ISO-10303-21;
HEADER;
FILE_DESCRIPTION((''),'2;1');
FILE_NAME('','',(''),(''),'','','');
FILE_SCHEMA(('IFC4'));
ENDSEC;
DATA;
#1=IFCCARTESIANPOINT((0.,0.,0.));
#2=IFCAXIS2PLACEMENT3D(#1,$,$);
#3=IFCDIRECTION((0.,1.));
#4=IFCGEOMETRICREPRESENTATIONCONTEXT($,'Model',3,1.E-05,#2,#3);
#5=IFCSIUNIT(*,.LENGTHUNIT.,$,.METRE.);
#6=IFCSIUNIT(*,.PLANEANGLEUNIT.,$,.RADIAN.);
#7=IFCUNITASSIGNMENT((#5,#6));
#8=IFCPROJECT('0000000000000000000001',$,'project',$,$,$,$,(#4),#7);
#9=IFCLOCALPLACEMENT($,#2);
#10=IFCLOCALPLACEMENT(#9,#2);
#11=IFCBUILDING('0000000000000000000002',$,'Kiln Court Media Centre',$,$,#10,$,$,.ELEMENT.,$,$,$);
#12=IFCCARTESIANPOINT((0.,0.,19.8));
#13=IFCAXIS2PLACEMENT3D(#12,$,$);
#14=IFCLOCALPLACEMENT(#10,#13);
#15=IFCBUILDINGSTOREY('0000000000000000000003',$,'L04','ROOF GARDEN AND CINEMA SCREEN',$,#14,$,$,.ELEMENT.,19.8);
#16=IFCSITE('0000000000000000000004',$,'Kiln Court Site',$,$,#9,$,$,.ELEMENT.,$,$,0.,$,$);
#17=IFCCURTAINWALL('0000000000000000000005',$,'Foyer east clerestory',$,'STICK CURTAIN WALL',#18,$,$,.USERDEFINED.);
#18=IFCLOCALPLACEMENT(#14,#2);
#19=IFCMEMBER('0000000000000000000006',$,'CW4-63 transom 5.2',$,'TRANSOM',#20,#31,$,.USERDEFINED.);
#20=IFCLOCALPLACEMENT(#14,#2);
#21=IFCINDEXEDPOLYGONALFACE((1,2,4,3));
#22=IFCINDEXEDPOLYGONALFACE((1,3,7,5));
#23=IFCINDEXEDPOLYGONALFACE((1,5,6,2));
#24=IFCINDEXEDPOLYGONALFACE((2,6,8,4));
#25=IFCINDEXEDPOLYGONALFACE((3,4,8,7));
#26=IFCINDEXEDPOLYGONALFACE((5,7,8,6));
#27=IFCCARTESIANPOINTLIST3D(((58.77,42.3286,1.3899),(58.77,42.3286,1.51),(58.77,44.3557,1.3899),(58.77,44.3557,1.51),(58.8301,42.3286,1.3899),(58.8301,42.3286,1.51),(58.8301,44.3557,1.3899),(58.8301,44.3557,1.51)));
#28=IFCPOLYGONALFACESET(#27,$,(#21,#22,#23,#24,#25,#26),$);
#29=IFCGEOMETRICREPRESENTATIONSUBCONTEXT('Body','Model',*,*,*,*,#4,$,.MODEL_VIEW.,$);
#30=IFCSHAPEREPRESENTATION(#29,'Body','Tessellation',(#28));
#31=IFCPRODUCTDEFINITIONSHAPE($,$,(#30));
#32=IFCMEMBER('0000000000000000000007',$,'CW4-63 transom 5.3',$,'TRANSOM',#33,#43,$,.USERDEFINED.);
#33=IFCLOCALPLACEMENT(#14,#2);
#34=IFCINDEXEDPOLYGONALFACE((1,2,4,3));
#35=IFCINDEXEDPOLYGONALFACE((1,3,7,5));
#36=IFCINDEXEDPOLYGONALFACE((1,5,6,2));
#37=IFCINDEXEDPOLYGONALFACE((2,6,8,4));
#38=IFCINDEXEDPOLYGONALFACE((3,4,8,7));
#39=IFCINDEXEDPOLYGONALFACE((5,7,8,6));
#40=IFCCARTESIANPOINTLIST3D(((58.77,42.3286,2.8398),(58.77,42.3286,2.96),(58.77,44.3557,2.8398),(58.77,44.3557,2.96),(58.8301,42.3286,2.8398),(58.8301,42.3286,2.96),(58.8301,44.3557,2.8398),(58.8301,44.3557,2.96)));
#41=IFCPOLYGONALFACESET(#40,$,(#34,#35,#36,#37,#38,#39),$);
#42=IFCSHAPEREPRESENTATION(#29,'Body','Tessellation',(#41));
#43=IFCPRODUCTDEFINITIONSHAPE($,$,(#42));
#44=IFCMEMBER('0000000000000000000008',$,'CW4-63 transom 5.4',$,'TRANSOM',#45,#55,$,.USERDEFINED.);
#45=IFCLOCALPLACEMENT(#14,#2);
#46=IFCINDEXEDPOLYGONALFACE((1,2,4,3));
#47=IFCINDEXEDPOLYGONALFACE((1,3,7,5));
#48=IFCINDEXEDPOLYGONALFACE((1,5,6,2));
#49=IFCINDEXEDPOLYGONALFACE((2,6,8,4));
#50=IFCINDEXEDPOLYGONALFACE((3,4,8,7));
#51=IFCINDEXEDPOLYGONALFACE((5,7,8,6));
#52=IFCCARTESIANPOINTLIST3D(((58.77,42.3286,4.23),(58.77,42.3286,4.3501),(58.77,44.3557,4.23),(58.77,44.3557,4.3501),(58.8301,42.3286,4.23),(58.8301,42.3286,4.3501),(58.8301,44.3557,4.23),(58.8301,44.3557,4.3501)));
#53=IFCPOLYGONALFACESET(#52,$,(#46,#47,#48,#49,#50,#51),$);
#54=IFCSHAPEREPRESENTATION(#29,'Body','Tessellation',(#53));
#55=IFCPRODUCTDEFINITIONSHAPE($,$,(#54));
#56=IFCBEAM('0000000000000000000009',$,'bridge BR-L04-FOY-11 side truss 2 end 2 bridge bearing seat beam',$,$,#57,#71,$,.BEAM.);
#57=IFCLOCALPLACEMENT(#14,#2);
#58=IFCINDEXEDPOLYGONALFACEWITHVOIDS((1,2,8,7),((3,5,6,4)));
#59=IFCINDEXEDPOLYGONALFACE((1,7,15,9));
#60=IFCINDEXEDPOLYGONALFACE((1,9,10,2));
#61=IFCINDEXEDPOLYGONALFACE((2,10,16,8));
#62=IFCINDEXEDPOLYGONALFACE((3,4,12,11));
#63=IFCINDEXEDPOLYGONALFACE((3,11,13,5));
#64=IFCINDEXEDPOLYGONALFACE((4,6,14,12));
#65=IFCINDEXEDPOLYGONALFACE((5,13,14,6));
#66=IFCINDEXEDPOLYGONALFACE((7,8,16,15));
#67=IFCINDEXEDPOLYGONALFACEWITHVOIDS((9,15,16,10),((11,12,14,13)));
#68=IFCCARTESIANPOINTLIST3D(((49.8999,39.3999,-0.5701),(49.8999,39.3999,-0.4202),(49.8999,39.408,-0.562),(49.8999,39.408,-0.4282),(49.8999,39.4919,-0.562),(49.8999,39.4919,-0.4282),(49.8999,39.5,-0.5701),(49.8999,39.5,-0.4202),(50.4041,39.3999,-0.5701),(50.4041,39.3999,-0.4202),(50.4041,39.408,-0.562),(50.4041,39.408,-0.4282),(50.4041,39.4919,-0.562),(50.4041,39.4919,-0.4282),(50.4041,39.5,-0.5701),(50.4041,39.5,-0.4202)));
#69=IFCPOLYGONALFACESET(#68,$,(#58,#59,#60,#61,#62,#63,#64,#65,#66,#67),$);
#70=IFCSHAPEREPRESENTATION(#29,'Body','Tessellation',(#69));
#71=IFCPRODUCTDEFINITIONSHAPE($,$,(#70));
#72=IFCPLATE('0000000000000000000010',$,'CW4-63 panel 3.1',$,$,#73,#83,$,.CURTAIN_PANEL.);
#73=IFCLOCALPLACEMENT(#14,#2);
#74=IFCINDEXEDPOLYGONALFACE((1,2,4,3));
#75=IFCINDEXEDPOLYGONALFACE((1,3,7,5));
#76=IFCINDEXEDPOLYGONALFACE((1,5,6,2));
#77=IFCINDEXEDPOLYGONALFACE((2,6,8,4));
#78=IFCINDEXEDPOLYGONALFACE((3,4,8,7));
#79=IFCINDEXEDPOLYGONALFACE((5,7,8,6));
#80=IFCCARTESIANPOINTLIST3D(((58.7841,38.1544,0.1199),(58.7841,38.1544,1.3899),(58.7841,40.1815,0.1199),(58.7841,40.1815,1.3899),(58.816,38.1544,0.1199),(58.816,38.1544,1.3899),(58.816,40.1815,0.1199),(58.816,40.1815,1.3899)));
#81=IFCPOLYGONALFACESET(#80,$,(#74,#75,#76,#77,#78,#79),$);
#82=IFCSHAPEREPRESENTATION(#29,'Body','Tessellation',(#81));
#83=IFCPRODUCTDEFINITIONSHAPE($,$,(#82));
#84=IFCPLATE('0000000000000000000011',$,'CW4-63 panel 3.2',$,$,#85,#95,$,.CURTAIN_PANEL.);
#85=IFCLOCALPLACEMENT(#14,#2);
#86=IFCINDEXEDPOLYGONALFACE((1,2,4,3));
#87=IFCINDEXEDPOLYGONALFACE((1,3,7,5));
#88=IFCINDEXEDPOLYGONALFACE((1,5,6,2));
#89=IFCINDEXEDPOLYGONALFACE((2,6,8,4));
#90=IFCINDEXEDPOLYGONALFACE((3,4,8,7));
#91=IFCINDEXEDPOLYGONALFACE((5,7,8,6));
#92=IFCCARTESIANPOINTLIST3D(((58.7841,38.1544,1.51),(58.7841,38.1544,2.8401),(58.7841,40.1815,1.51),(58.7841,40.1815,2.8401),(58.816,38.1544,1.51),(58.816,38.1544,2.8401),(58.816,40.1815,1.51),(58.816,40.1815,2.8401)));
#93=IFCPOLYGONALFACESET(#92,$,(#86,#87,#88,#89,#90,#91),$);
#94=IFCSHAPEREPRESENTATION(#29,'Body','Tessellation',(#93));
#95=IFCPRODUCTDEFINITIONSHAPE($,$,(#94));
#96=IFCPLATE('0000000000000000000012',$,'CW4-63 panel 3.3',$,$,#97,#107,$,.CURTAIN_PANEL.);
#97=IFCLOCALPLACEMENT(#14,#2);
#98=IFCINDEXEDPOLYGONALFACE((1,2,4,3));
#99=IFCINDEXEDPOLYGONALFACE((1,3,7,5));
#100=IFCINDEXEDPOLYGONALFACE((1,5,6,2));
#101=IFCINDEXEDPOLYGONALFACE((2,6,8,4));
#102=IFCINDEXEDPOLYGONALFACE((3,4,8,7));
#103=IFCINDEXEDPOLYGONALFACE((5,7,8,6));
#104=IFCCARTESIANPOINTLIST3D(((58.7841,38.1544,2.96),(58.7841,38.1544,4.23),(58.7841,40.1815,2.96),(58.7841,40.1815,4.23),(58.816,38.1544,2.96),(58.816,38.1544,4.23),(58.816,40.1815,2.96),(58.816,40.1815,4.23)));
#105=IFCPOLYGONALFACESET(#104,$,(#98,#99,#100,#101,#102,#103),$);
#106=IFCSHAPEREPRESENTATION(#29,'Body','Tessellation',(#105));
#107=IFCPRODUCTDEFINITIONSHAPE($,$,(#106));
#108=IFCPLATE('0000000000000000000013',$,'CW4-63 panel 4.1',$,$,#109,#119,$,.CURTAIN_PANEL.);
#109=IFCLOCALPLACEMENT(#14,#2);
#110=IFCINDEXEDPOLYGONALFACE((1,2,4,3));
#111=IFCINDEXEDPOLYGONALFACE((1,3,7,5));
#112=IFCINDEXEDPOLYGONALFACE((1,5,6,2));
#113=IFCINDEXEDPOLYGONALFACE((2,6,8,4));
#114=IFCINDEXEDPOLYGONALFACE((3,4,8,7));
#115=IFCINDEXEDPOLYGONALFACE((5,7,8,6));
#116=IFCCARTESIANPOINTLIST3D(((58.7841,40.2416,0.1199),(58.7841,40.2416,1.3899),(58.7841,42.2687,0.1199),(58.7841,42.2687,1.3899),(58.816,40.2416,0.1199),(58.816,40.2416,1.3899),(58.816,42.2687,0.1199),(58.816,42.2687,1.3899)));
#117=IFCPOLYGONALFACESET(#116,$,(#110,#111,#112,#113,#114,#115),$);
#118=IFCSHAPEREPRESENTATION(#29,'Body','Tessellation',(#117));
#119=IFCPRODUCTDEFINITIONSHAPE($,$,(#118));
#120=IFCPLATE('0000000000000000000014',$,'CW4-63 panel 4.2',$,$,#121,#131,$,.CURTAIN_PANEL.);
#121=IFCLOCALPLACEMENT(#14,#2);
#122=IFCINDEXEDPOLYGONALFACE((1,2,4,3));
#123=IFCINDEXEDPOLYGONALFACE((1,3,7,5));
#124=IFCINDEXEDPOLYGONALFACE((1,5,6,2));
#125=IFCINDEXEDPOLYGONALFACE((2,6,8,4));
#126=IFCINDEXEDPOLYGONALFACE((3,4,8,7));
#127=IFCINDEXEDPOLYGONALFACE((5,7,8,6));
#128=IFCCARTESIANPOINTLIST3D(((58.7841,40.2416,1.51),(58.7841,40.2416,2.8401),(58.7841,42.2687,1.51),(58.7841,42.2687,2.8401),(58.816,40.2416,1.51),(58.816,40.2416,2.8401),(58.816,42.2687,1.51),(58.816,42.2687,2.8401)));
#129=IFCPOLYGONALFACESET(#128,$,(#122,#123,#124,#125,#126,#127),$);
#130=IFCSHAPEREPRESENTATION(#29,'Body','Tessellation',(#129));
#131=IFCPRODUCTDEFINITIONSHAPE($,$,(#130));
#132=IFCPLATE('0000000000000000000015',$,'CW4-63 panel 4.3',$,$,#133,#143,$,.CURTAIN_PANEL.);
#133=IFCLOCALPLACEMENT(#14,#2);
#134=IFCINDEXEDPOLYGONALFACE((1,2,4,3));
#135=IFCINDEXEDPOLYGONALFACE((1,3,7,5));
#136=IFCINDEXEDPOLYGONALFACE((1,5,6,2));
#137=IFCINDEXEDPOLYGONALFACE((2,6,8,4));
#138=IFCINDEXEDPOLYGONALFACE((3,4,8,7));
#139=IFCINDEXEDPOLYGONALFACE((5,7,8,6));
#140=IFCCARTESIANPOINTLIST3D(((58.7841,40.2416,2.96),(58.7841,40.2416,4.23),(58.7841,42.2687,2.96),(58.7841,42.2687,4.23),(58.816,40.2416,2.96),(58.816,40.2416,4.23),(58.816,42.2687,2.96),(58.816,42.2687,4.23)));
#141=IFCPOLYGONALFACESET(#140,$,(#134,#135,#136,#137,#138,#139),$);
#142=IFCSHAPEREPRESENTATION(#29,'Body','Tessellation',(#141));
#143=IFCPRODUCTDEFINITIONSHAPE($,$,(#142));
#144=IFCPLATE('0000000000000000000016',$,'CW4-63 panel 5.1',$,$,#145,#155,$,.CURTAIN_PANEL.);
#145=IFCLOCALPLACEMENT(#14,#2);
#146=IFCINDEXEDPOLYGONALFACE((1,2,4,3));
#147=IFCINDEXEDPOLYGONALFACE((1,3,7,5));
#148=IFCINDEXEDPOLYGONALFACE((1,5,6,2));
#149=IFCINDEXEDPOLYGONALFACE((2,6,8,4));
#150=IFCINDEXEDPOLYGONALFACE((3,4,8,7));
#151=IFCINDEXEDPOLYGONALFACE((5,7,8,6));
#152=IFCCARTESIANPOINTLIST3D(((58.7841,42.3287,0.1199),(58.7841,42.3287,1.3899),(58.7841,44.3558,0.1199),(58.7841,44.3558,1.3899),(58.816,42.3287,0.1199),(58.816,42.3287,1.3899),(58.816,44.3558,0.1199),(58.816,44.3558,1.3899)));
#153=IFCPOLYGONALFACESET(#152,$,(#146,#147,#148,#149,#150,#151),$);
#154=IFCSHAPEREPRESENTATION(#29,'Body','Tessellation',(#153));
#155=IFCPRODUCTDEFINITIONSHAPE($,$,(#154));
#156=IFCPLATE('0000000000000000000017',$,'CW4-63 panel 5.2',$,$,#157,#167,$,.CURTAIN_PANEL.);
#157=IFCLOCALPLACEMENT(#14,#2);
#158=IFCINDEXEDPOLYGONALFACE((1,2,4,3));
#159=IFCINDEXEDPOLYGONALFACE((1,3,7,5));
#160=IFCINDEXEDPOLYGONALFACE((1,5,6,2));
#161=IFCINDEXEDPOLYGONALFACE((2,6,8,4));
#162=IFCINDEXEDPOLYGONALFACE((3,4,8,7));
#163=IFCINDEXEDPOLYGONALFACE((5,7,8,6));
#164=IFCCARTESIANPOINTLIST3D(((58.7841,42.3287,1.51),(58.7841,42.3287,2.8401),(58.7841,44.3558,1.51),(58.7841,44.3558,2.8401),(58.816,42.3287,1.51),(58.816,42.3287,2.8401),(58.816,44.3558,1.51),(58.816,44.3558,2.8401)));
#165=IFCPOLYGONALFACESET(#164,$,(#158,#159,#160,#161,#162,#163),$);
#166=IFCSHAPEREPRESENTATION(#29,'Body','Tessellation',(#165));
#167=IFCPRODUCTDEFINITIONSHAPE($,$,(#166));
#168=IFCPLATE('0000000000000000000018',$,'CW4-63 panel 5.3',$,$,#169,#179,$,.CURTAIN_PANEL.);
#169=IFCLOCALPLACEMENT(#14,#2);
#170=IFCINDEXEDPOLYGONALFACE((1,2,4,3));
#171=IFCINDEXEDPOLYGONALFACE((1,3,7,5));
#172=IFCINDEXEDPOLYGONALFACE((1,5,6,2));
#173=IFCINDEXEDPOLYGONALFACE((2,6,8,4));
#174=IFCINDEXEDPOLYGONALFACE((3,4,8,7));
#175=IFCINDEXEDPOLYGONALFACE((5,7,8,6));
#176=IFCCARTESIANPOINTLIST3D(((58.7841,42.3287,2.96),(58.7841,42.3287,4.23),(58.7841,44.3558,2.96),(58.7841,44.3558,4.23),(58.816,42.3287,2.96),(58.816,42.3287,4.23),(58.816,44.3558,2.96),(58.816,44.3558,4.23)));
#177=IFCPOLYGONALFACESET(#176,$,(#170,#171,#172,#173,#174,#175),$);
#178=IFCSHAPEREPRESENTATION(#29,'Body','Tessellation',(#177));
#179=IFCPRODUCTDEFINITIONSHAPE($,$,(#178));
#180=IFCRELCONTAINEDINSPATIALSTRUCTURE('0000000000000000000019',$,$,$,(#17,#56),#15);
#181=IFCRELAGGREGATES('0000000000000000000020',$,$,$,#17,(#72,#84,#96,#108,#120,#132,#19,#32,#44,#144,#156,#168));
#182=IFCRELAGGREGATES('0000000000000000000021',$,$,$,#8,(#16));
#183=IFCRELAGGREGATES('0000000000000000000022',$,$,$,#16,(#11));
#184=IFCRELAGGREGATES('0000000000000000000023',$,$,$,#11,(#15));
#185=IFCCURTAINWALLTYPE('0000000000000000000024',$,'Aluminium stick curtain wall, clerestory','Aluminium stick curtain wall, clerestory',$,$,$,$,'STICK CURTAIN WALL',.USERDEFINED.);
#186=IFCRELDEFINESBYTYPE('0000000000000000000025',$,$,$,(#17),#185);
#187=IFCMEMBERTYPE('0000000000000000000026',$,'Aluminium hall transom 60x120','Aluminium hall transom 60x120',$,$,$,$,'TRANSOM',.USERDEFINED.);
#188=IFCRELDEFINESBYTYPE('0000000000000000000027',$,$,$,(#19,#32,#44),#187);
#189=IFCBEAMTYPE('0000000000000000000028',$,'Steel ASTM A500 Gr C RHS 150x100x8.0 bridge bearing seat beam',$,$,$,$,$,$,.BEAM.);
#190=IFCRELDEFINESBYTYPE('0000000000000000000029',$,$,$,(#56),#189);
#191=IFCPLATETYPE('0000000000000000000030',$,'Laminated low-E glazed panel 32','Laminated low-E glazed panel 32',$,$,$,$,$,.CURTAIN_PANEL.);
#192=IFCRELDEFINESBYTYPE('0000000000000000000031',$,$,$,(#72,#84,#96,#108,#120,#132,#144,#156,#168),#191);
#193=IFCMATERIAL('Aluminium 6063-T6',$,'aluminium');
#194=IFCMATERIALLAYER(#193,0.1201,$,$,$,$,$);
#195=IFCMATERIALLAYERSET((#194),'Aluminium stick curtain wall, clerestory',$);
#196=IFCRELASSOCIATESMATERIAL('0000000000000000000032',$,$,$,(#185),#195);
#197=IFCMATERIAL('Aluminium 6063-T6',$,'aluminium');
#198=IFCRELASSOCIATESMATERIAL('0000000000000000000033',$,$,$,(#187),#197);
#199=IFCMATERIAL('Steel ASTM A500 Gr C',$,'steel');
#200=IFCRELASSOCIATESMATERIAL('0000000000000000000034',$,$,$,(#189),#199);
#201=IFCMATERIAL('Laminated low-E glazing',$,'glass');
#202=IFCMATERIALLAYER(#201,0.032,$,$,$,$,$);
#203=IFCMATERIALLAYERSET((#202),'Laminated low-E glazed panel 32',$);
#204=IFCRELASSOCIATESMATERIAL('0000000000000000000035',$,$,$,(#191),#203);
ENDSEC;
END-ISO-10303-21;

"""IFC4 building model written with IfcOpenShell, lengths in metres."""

from ifc_helpers import new_model, si_unit, direction, frame, origin, origin_2d, place, context, subcontext, project, spatial, rectangle, hollow_rectangle, extrude, material, layer, layer_set, material_profile, profile_set, type_object, element, aggregate, save


model = new_model("IFC4")

# Units and contexts
model_context = context("Model", 3, precision=1e-05, world=origin(), true_north=direction((0.0, 1.0)))
body_context = subcontext(model_context, "Body", "Model", "MODEL_VIEW")
ifc_project = project(units=[si_unit("LENGTHUNIT", "METRE"), si_unit("PLANEANGLEUNIT", "RADIAN")], contexts=[model_context])

# Site, building, storey
site_placement = place(None, origin())
site = spatial("IfcSite", under=ifc_project, at=site_placement, Name="Kiln Court Site", CompositionType="ELEMENT", RefElevation=0.0)
building_placement = place(site_placement, origin())
building = spatial("IfcBuilding", under=site, at=building_placement, Name="Kiln Court Media Centre", CompositionType="ELEMENT")
storey_placement = place(building_placement, frame((0.0, 0.0, 19.8)))
storey = spatial("IfcBuildingStorey", under=building, at=storey_placement, Name="L04", Description="ROOF GARDEN AND CINEMA SCREEN", CompositionType="ELEMENT", Elevation=19.8)

# Curtain wall, members
ifc_material_1 = material(Name="Aluminium 6063-T6", Category="aluminium")
ifc_layer_1 = layer(ifc_material_1, 0.1201)
ifc_layer_set_1 = layer_set([ifc_layer_1], Name="Aluminium stick curtain wall, clerestory")
curtain_wall_type = type_object("IfcCurtainWallType", Name="Aluminium stick curtain wall, clerestory", Description="Aluminium stick curtain wall, clerestory", ElementType="STICK CURTAIN WALL", PredefinedType="USERDEFINED", material=ifc_layer_set_1)
curtain_wall_placement = place(storey_placement, origin())
curtain_wall = element("IfcCurtainWall", 1, at=curtain_wall_placement, inside=storey, type_object=curtain_wall_type, Name="Foyer east clerestory", ObjectType="STICK CURTAIN WALL", PredefinedType="USERDEFINED")
ifc_material_2 = material(Name="Aluminium 6063-T6", Category="aluminium")
ifc_material_profile_1 = material_profile(ifc_material_2, rectangle(XDim=0.0601, YDim=0.1201, at=origin_2d()), Name="Aluminium hall transom 60x120")
ifc_profile_set_1 = profile_set([ifc_material_profile_1], Name="Aluminium 6063-T6")
member_type_1 = type_object("IfcMemberType", Name="Aluminium hall transom 60x120", Description="Aluminium hall transom 60x120", ElementType="TRANSOM", PredefinedType="USERDEFINED", material=ifc_profile_set_1)
member_1_placement = place(storey_placement, frame((58.8, 42.3286, 1.45), z_axis=(0.0, 1.0, 0.0), x_axis=(-1.0, 0.0, 0.0)))
member_1 = element("IfcMember", 2, at=member_1_placement, type_object=member_type_1, Name="CW4-63 transom 5.2", ObjectType="TRANSOM", PredefinedType="USERDEFINED", context=body_context, shape_type="SweptSolid", body=[
    extrude(rectangle(XDim=0.0601, YDim=0.1201, at=origin_2d()), origin(), (0.0, 0.0, 1.0), 2.0271),
])
member_2_placement = place(storey_placement, frame((58.8, 42.3286, 2.8999), z_axis=(0.0, 1.0, 0.0), x_axis=(-1.0, 0.0, 0.0)))
member_2 = element("IfcMember", 3, at=member_2_placement, type_object=member_type_1, Name="CW4-63 transom 5.3", ObjectType="TRANSOM", PredefinedType="USERDEFINED", context=body_context, shape_type="SweptSolid", body=[
    extrude(rectangle(XDim=0.0601, YDim=0.1201, at=origin_2d()), origin(), (0.0, 0.0, 1.0), 2.0271),
])
member_3_placement = place(storey_placement, frame((58.8, 42.3286, 4.29), z_axis=(0.0, 1.0, 0.0), x_axis=(-1.0, 0.0, 0.0)))
member_3 = element("IfcMember", 4, at=member_3_placement, type_object=member_type_1, Name="CW4-63 transom 5.4", ObjectType="TRANSOM", PredefinedType="USERDEFINED", context=body_context, shape_type="SweptSolid", body=[
    extrude(rectangle(XDim=0.0601, YDim=0.1201, at=origin_2d()), origin(), (0.0, 0.0, 1.0), 2.0271),
])

# Beam
ifc_material_3 = material(Name="Steel ASTM A500 Gr C", Category="steel")
ifc_material_profile_2 = material_profile(ifc_material_3, hollow_rectangle(XDim=0.1001, YDim=0.1499, WallThickness=0.0081, at=origin_2d()), Name="RHS 150x100x8.0")
ifc_profile_set_2 = profile_set([ifc_material_profile_2], Name="Steel ASTM A500 Gr C")
beam_type = type_object("IfcBeamType", Name="Steel ASTM A500 Gr C RHS 150x100x8.0 bridge bearing seat beam", PredefinedType="BEAM", material=ifc_profile_set_2)
beam_placement = place(storey_placement, frame((50.4041, 39.45, -0.4951), z_axis=(-1.0, 0.0, 0.0), x_axis=(0.0, -1.0, 0.0)))
element("IfcBeam", 5, at=beam_placement, inside=storey, type_object=beam_type, Name="bridge BR-L04-FOY-11 side truss 2 end 2 bridge bearing seat beam", PredefinedType="BEAM", context=body_context, shape_type="SweptSolid", body=[
    extrude(hollow_rectangle(XDim=0.1001, YDim=0.1499, WallThickness=0.0081, at=origin_2d()), origin(), (0.0, 0.0, 1.0), 0.5042),
])

# Plates
ifc_material_4 = material(Name="Laminated low-E glazing", Category="glass")
ifc_layer_2 = layer(ifc_material_4, 0.032)
ifc_layer_set_2 = layer_set([ifc_layer_2], Name="Laminated low-E glazed panel 32")
plate_type = type_object("IfcPlateType", Name="Laminated low-E glazed panel 32", Description="Laminated low-E glazed panel 32", PredefinedType="CURTAIN_PANEL", material=ifc_layer_set_2)
plate_1_placement = place(storey_placement, frame((58.8, 39.168, 0.1199), z_axis=(0.0, 0.0, 1.0), x_axis=(0.0, 1.0, 0.0)))
plate_1 = element("IfcPlate", 6, at=plate_1_placement, type_object=plate_type, Name="CW4-63 panel 3.1", PredefinedType="CURTAIN_PANEL", context=body_context, shape_type="SweptSolid", body=[
    extrude(rectangle(XDim=2.0271, YDim=0.032, at=origin_2d()), origin(), (0.0, 0.0, 1.0), 1.27),
])
plate_2_placement = place(storey_placement, frame((58.8, 39.168, 1.51), z_axis=(0.0, 0.0, 1.0), x_axis=(0.0, 1.0, 0.0)))
plate_2 = element("IfcPlate", 7, at=plate_2_placement, type_object=plate_type, Name="CW4-63 panel 3.2", PredefinedType="CURTAIN_PANEL", context=body_context, shape_type="SweptSolid", body=[
    extrude(rectangle(XDim=2.0271, YDim=0.032, at=origin_2d()), origin(), (0.0, 0.0, 1.0), 1.3301),
])
plate_3_placement = place(storey_placement, frame((58.8, 39.168, 2.96), z_axis=(0.0, 0.0, 1.0), x_axis=(0.0, 1.0, 0.0)))
plate_3 = element("IfcPlate", 8, at=plate_3_placement, type_object=plate_type, Name="CW4-63 panel 3.3", PredefinedType="CURTAIN_PANEL", context=body_context, shape_type="SweptSolid", body=[
    extrude(rectangle(XDim=2.0271, YDim=0.032, at=origin_2d()), origin(), (0.0, 0.0, 1.0), 1.27),
])
plate_4_placement = place(storey_placement, frame((58.8, 41.2551, 0.1199), z_axis=(0.0, 0.0, 1.0), x_axis=(0.0, 1.0, 0.0)))
plate_4 = element("IfcPlate", 9, at=plate_4_placement, type_object=plate_type, Name="CW4-63 panel 4.1", PredefinedType="CURTAIN_PANEL", context=body_context, shape_type="SweptSolid", body=[
    extrude(rectangle(XDim=2.0271, YDim=0.032, at=origin_2d()), origin(), (0.0, 0.0, 1.0), 1.27),
])
plate_5_placement = place(storey_placement, frame((58.8, 41.2551, 1.51), z_axis=(0.0, 0.0, 1.0), x_axis=(0.0, 1.0, 0.0)))
plate_5 = element("IfcPlate", 10, at=plate_5_placement, type_object=plate_type, Name="CW4-63 panel 4.2", PredefinedType="CURTAIN_PANEL", context=body_context, shape_type="SweptSolid", body=[
    extrude(rectangle(XDim=2.0271, YDim=0.032, at=origin_2d()), origin(), (0.0, 0.0, 1.0), 1.3301),
])
plate_6_placement = place(storey_placement, frame((58.8, 41.2551, 2.96), z_axis=(0.0, 0.0, 1.0), x_axis=(0.0, 1.0, 0.0)))
plate_6 = element("IfcPlate", 11, at=plate_6_placement, type_object=plate_type, Name="CW4-63 panel 4.3", PredefinedType="CURTAIN_PANEL", context=body_context, shape_type="SweptSolid", body=[
    extrude(rectangle(XDim=2.0271, YDim=0.032, at=origin_2d()), origin(), (0.0, 0.0, 1.0), 1.27),
])
plate_7_placement = place(storey_placement, frame((58.8, 43.3423, 0.1199), z_axis=(0.0, 0.0, 1.0), x_axis=(0.0, 1.0, 0.0)))
plate_7 = element("IfcPlate", 12, at=plate_7_placement, type_object=plate_type, Name="CW4-63 panel 5.1", PredefinedType="CURTAIN_PANEL", context=body_context, shape_type="SweptSolid", body=[
    extrude(rectangle(XDim=2.0271, YDim=0.032, at=origin_2d()), origin(), (0.0, 0.0, 1.0), 1.27),
])
plate_8_placement = place(storey_placement, frame((58.8, 43.3423, 1.51), z_axis=(0.0, 0.0, 1.0), x_axis=(0.0, 1.0, 0.0)))
plate_8 = element("IfcPlate", 13, at=plate_8_placement, type_object=plate_type, Name="CW4-63 panel 5.2", PredefinedType="CURTAIN_PANEL", context=body_context, shape_type="SweptSolid", body=[
    extrude(rectangle(XDim=2.0271, YDim=0.032, at=origin_2d()), origin(), (0.0, 0.0, 1.0), 1.3301),
])
plate_9_placement = place(storey_placement, frame((58.8, 43.3423, 2.96), z_axis=(0.0, 0.0, 1.0), x_axis=(0.0, 1.0, 0.0)))
plate_9 = element("IfcPlate", 14, at=plate_9_placement, type_object=plate_type, Name="CW4-63 panel 5.3", PredefinedType="CURTAIN_PANEL", context=body_context, shape_type="SweptSolid", body=[
    extrude(rectangle(XDim=2.0271, YDim=0.032, at=origin_2d()), origin(), (0.0, 0.0, 1.0), 1.27),
])
aggregate(curtain_wall, [plate_1, plate_2, plate_3, plate_4, plate_5, plate_6, member_1, member_2, member_3, plate_7, plate_8, plate_9])

save(model, "model.ifc")
